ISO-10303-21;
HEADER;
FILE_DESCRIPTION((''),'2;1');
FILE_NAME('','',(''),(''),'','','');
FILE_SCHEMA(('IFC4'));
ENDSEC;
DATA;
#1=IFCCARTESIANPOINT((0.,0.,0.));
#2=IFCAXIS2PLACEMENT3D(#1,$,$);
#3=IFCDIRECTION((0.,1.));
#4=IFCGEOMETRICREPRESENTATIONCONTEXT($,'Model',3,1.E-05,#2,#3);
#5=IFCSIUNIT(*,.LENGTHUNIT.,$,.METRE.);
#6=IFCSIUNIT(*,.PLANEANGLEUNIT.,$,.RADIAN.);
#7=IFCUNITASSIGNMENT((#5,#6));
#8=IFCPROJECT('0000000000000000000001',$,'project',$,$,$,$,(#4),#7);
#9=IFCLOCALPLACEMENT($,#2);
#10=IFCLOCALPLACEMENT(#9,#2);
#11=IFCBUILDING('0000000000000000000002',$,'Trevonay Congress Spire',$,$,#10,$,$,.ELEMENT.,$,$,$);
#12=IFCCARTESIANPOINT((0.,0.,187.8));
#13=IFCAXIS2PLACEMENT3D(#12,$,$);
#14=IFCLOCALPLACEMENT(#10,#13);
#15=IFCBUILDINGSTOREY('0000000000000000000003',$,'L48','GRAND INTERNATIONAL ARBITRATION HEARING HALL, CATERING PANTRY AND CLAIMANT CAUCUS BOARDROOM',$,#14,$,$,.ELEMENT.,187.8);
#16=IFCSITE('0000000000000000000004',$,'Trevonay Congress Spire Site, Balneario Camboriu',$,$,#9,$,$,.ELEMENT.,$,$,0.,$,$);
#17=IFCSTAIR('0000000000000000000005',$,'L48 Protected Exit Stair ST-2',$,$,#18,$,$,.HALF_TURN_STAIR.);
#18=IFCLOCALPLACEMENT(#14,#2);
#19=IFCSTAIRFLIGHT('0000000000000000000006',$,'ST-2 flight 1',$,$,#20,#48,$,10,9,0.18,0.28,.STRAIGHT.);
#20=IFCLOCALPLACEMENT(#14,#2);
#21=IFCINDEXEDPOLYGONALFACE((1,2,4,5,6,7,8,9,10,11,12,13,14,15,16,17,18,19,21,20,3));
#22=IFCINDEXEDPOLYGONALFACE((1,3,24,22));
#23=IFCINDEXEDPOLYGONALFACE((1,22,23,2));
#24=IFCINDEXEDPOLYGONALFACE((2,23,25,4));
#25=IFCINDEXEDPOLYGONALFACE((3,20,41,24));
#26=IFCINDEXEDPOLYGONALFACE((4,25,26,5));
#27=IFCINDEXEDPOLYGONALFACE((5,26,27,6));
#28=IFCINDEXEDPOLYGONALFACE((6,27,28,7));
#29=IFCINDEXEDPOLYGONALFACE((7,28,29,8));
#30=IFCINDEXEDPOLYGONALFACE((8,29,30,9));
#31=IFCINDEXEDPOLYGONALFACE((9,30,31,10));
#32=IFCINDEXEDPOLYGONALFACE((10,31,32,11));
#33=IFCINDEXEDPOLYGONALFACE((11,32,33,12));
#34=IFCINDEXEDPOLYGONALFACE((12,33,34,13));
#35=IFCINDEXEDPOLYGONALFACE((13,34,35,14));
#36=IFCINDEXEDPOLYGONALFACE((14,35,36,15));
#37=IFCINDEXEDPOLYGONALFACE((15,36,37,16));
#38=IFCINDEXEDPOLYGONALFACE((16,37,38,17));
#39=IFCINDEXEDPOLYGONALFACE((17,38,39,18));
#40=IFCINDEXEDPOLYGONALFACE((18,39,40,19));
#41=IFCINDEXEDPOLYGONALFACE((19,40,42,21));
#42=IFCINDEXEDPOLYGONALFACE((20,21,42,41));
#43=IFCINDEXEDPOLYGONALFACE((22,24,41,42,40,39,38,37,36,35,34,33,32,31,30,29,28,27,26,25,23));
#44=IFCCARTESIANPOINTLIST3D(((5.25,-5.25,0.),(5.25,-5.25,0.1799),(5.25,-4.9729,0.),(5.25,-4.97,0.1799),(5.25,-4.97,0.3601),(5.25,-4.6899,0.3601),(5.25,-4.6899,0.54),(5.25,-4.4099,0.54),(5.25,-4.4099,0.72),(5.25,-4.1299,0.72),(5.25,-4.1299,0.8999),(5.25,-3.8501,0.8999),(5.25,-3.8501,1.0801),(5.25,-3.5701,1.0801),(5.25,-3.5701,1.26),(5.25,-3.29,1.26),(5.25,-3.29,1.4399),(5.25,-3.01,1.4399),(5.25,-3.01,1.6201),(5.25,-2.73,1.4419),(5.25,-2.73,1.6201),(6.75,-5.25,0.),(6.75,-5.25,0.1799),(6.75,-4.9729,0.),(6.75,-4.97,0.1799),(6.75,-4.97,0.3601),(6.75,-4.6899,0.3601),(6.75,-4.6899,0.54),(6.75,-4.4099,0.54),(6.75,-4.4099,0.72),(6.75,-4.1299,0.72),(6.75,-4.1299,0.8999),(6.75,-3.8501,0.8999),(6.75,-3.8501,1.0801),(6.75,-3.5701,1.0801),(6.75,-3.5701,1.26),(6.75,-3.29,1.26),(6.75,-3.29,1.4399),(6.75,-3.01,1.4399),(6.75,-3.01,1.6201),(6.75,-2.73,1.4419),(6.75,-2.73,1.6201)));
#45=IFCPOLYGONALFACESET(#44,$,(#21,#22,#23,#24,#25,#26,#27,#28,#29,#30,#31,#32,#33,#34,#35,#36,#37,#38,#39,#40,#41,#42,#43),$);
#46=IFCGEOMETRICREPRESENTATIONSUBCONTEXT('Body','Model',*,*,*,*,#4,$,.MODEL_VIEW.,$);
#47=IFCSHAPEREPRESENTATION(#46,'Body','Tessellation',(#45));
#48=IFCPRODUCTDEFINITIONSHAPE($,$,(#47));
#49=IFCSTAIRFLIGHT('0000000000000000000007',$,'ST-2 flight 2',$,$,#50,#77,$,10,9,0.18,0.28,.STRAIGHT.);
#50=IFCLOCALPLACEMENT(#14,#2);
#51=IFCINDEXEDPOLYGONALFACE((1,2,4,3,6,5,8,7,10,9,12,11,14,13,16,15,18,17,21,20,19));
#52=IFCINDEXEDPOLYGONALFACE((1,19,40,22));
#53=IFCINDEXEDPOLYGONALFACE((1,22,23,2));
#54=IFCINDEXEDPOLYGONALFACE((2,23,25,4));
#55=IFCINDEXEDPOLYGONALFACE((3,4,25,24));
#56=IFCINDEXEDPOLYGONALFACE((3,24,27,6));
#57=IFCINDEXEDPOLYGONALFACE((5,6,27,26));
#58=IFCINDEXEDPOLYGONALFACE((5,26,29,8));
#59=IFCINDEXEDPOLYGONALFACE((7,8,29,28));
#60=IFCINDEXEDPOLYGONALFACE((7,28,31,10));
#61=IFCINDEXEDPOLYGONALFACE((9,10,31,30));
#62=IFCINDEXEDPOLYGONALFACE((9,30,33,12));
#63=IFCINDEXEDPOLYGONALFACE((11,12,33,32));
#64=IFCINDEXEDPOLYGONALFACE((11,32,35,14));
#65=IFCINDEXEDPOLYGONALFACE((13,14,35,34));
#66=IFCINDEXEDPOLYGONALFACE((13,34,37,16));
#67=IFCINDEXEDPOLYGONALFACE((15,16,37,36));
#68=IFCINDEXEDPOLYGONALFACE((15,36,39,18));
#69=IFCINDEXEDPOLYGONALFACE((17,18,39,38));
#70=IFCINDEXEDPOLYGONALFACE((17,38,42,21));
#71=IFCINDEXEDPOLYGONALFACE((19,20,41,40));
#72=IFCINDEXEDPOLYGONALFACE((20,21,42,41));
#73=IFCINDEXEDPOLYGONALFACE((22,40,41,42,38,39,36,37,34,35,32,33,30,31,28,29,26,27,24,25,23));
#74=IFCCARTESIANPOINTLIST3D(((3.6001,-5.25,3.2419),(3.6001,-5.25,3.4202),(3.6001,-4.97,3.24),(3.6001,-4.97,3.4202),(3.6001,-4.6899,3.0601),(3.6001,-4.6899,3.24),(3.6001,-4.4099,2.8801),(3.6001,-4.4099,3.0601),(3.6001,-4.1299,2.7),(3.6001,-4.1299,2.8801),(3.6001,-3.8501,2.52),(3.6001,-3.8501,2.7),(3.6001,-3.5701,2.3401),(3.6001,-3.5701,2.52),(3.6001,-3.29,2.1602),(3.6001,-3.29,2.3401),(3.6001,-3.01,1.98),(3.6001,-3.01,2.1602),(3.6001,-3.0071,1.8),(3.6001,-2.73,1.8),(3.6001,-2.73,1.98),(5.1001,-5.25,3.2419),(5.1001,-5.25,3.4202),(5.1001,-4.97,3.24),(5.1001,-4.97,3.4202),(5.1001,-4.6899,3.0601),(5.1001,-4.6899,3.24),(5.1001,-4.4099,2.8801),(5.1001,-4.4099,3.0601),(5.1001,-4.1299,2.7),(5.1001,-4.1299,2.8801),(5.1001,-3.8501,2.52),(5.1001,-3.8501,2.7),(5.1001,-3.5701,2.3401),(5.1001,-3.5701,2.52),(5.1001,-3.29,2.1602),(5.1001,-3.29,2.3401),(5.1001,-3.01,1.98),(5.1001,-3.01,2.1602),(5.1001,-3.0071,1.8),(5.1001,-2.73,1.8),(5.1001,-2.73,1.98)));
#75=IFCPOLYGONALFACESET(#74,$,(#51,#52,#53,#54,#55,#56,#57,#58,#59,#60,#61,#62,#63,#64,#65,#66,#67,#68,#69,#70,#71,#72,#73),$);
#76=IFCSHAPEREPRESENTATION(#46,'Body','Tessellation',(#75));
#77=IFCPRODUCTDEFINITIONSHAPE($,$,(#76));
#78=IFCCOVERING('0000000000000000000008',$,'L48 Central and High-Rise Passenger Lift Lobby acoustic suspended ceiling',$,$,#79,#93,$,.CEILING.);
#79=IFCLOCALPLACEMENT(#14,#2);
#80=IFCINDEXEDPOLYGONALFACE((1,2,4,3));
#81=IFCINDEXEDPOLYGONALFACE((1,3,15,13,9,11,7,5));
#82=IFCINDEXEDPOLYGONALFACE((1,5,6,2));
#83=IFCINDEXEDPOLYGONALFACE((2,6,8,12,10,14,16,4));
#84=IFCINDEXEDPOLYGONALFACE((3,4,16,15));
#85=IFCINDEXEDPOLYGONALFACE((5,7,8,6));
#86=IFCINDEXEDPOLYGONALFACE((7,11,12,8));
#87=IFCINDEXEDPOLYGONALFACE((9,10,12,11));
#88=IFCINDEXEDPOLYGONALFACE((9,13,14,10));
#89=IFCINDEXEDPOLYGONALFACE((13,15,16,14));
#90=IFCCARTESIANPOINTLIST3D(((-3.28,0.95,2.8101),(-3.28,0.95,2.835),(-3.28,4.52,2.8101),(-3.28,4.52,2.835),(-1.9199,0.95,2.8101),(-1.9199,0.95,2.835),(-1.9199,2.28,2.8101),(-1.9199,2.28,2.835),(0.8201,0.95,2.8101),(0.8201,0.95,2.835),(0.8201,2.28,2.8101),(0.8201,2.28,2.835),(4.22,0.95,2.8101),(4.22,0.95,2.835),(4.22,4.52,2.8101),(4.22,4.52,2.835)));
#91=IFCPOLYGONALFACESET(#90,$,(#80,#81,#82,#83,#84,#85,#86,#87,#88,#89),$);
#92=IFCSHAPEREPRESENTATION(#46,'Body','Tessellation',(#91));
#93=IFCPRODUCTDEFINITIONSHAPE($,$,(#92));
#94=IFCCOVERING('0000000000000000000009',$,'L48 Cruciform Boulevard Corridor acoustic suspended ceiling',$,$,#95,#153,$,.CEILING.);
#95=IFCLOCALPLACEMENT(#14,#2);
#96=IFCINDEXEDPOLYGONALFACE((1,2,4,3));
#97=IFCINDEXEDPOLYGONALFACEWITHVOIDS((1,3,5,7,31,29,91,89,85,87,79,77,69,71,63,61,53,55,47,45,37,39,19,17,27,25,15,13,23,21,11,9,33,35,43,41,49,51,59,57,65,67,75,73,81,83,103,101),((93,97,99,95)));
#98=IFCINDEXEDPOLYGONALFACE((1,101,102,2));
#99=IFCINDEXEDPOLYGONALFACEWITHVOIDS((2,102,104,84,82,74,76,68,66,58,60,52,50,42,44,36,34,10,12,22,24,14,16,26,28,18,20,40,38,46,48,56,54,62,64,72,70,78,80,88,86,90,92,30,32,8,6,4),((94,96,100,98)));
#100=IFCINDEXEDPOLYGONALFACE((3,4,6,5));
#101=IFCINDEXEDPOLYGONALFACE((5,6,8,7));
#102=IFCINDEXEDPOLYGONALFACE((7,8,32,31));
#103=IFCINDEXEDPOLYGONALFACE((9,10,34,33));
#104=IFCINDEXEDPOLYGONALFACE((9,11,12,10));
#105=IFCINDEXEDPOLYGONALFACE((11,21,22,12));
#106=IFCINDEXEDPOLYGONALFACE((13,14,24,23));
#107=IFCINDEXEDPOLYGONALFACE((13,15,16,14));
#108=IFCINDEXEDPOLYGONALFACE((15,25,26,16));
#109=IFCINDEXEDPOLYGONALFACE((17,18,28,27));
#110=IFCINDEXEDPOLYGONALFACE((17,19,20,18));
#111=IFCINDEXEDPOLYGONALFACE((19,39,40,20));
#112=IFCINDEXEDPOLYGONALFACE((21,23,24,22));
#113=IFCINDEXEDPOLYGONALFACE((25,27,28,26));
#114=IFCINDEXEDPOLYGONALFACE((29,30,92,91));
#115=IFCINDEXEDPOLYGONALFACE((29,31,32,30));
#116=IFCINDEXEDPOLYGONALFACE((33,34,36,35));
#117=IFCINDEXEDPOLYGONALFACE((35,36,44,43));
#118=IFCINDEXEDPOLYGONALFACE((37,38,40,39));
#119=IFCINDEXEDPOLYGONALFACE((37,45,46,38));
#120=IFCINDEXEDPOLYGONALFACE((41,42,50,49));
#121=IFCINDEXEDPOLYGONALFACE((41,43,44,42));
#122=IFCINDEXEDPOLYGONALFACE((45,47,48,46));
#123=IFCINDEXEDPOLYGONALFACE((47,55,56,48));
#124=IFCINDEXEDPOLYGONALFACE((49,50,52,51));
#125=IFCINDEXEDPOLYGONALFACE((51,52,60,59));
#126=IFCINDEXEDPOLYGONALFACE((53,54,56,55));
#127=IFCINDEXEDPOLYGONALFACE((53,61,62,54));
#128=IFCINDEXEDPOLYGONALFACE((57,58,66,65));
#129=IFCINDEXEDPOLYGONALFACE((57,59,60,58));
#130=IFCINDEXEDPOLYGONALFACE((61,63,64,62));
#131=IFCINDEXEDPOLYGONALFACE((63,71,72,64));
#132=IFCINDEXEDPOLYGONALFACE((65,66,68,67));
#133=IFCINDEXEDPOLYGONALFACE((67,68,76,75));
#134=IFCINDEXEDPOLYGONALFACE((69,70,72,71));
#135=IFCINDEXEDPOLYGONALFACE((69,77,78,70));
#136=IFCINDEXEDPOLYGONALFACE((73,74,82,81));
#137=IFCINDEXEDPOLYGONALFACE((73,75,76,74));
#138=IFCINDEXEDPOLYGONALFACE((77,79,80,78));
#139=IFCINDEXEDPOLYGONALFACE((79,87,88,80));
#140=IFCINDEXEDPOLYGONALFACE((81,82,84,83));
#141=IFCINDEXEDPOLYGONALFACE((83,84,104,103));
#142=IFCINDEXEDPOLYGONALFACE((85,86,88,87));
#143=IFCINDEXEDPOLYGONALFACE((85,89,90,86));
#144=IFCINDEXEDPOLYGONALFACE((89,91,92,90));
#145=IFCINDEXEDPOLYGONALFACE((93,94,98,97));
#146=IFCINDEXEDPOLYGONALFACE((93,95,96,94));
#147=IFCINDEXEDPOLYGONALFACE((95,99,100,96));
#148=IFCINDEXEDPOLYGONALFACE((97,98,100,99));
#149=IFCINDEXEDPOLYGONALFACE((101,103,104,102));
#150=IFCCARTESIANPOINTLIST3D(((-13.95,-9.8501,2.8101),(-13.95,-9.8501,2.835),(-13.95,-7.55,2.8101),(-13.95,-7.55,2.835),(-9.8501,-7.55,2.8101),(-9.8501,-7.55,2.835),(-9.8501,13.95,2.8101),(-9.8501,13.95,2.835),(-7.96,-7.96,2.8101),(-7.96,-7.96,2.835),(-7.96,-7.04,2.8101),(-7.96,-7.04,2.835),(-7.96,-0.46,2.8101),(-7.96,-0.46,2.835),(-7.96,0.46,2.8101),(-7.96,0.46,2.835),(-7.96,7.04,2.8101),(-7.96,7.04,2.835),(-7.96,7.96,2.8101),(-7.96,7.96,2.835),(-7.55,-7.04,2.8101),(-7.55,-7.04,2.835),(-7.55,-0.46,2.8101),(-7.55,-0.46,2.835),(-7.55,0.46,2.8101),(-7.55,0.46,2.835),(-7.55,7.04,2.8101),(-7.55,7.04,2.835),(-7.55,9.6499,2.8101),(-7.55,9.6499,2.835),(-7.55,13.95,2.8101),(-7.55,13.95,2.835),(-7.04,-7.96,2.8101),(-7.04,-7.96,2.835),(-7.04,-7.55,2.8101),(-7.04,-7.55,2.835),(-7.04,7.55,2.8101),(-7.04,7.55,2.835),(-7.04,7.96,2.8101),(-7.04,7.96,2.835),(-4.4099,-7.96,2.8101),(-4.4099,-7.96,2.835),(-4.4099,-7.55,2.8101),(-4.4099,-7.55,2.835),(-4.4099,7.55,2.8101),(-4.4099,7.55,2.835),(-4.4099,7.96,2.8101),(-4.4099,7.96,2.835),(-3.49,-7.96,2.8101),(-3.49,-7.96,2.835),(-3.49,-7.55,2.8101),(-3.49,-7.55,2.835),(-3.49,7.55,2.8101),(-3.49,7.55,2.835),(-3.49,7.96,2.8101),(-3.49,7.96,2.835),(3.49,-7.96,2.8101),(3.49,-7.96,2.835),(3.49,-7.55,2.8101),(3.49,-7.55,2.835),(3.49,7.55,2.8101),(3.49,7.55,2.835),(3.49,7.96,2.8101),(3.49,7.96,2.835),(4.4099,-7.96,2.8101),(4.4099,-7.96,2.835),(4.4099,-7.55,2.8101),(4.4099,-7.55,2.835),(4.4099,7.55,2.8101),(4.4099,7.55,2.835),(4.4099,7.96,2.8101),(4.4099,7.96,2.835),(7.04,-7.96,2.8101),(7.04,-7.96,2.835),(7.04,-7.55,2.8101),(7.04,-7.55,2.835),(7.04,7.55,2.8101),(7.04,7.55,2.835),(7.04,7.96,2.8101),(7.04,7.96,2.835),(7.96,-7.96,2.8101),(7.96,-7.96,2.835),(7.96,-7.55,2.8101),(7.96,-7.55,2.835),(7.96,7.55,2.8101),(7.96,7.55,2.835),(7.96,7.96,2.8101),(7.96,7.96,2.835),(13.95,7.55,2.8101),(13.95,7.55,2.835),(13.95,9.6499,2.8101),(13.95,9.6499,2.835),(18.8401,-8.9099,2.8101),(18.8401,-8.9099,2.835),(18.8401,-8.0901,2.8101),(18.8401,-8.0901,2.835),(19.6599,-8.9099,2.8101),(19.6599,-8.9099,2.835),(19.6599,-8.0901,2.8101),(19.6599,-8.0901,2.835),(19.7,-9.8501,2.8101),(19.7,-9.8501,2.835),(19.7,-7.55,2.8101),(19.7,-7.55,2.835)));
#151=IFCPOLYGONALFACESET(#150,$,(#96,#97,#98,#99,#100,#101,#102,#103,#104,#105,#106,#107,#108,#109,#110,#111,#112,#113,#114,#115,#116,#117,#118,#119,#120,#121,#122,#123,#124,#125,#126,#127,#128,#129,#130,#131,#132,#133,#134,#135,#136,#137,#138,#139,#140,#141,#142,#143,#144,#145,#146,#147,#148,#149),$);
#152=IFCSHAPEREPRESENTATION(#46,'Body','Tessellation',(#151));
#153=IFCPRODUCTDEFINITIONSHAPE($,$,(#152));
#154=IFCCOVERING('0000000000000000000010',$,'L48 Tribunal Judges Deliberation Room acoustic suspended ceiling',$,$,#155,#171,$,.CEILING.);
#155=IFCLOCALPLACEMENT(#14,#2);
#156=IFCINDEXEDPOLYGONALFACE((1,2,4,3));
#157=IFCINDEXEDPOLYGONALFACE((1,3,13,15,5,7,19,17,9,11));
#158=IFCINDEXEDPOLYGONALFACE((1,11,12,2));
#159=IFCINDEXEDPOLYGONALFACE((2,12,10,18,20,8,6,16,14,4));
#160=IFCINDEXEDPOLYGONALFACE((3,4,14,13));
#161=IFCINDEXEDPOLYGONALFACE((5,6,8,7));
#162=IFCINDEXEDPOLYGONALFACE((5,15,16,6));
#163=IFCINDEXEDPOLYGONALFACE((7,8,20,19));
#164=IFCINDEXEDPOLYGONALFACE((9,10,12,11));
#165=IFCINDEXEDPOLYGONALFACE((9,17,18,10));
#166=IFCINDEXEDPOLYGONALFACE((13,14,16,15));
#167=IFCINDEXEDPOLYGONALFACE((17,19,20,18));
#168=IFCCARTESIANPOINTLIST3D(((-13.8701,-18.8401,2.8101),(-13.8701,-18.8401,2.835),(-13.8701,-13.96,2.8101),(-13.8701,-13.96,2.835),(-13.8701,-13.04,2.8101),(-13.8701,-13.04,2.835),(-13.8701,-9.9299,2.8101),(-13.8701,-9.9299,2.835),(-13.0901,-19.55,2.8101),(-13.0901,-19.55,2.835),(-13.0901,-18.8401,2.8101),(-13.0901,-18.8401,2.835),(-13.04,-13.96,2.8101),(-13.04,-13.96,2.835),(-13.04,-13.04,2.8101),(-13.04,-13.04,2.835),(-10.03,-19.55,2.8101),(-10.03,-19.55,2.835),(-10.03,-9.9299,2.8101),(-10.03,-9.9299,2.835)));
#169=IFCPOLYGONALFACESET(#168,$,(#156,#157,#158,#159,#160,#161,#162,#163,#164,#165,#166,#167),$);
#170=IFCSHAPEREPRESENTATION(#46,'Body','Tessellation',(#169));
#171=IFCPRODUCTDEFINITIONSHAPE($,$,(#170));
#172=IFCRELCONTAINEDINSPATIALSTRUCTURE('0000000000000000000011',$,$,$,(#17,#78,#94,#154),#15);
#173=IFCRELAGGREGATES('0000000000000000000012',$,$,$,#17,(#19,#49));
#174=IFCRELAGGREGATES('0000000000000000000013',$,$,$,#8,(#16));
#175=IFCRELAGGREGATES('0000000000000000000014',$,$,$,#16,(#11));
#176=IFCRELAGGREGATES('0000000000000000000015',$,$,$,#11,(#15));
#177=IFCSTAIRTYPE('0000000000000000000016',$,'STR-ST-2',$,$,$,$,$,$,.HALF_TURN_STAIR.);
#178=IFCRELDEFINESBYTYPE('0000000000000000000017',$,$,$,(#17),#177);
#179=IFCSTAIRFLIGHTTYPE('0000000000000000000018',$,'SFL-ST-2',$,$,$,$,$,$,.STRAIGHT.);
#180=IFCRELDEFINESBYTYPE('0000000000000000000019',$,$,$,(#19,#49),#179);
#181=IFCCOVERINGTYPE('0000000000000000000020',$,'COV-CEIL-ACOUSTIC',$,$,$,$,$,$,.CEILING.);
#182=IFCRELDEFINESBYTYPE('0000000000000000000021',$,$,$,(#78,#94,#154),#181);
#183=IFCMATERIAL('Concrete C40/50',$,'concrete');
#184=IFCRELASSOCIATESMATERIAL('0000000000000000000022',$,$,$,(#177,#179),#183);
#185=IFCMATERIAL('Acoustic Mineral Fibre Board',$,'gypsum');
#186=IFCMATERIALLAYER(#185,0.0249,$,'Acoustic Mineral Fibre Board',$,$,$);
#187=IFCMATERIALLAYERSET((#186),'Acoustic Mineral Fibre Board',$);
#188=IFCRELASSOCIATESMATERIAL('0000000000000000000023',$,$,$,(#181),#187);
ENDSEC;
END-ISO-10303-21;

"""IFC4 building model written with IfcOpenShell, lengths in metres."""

from ifc_helpers import new_model, si_unit, direction, frame, origin, place, context, subcontext, project, spatial, polyline, outline, extrude, material, layer, layer_set, type_object, element, aggregate, save


model = new_model("IFC4")

# Units and contexts
model_context = context("Model", 3, precision=1e-05, world=origin(), true_north=direction((0.0, 1.0)))
body_context = subcontext(model_context, "Body", "Model", "MODEL_VIEW")
ifc_project = project(units=[si_unit("LENGTHUNIT", "METRE"), si_unit("PLANEANGLEUNIT", "RADIAN")], contexts=[model_context])

# Site, building, storey
site_placement = place(None, origin())
site = spatial("IfcSite", under=ifc_project, at=site_placement, Name="Trevonay Congress Spire Site, Balneario Camboriu", CompositionType="ELEMENT", RefElevation=0.0)
building_placement = place(site_placement, origin())
building = spatial("IfcBuilding", under=site, at=building_placement, Name="Trevonay Congress Spire", CompositionType="ELEMENT")
storey_placement = place(building_placement, frame((0.0, 0.0, 187.8)))
storey = spatial("IfcBuildingStorey", under=building, at=storey_placement, Name="L48", Description="GRAND INTERNATIONAL ARBITRATION HEARING HALL, CATERING PANTRY AND CLAIMANT CAUCUS BOARDROOM", CompositionType="ELEMENT", Elevation=187.8)

# Shared definitions
ifc_material_1 = material(Name="Concrete C40/50", Category="concrete")

# Stair, stair flights
stair_type = type_object("IfcStairType", Name="STR-ST-2", PredefinedType="HALF_TURN_STAIR", material=ifc_material_1)
stair_placement = place(storey_placement, origin())
stair = element("IfcStair", 1, at=stair_placement, inside=storey, type_object=stair_type, Name="L48 Protected Exit Stair ST-2", PredefinedType="HALF_TURN_STAIR")
stair_flight_type = type_object("IfcStairFlightType", Name="SFL-ST-2", PredefinedType="STRAIGHT", material=ifc_material_1)
stair_flight_1_placement = place(storey_placement, frame((6.0, -5.25, 0.0), z_axis=(0.0, 0.0, 1.0), x_axis=(0.0, 1.0, 0.0)))
stair_flight_1 = element("IfcStairFlight", 2, at=stair_flight_1_placement, type_object=stair_flight_type, Name="ST-2 flight 1", NumberOfRisers=10, NumberOfTreads=9, PredefinedType="STRAIGHT", RiserHeight=0.18, TreadLength=0.28, context=body_context, shape_type="SweptSolid", body=[
    extrude(outline(polyline([(0.0, 0.0), (0.0, 0.1799), (0.28, 0.1799), (0.28, 0.3601), (0.5601, 0.3601), (0.5601, 0.54), (0.8401, 0.54), (0.8401, 0.72), (1.1201, 0.72), (1.1201, 0.8999), (1.3999, 0.8999), (1.3999, 1.0801), (1.6799, 1.0801), (1.6799, 1.26), (1.96, 1.26), (1.96, 1.4399), (2.24, 1.4399), (2.24, 1.6201), (2.52, 1.6201), (2.52, 1.8), (2.52, 1.4419), (0.2771, 0.0), (0.0, 0.0)])), frame((0.0, 0.75, 0.0), z_axis=(0.0, -1.0, 0.0), x_axis=(1.0, 0.0, 0.0)), (0.0, 0.0, 1.0), 1.5),
])
stair_flight_2_placement = place(storey_placement, frame((4.3501, -2.73, 1.8), z_axis=(0.0, 0.0, 1.0), x_axis=(0.0, -1.0, 0.0)))
stair_flight_2 = element("IfcStairFlight", 3, at=stair_flight_2_placement, type_object=stair_flight_type, Name="ST-2 flight 2", NumberOfRisers=10, NumberOfTreads=9, PredefinedType="STRAIGHT", RiserHeight=0.18, TreadLength=0.28, context=body_context, shape_type="SweptSolid", body=[
    extrude(outline(polyline([(0.0, 0.0), (0.0, 0.1799), (0.28, 0.1799), (0.28, 0.3601), (0.5601, 0.3601), (0.5601, 0.54), (0.8401, 0.54), (0.8401, 0.72), (1.1201, 0.72), (1.1201, 0.8999), (1.3999, 0.8999), (1.3999, 1.0801), (1.6799, 1.0801), (1.6799, 1.26), (1.96, 1.26), (1.96, 1.4399), (2.24, 1.4399), (2.24, 1.6201), (2.52, 1.6201), (2.52, 1.8), (2.52, 1.4419), (0.2771, 0.0), (0.0, 0.0)])), frame((0.0, 0.75, 0.0), z_axis=(0.0, -1.0, 0.0), x_axis=(1.0, 0.0, 0.0)), (0.0, 0.0, 1.0), 1.5),
])
aggregate(stair, [stair_flight_1, stair_flight_2])

# Coverings
ifc_material_2 = material(Name="Acoustic Mineral Fibre Board", Category="gypsum")
ifc_layer_1 = layer(ifc_material_2, 0.0249, Name="Acoustic Mineral Fibre Board")
ifc_layer_set_1 = layer_set([ifc_layer_1], Name="Acoustic Mineral Fibre Board")
covering_type_1 = type_object("IfcCoveringType", Name="COV-CEIL-ACOUSTIC", PredefinedType="CEILING", material=ifc_layer_set_1)
covering_1_placement = place(storey_placement, frame((0.0, 0.0, 2.8101)))
element("IfcCovering", 4, at=covering_1_placement, inside=storey, type_object=covering_type_1, Name="L48 Central and High-Rise Passenger Lift Lobby acoustic suspended ceiling", PredefinedType="CEILING", context=body_context, shape_type="SweptSolid", body=[
    extrude(outline(polyline([(-3.28, 0.95), (-1.9199, 0.95), (-1.9199, 2.28), (0.8201, 2.28), (0.8201, 0.95), (4.22, 0.95), (4.22, 4.52), (-3.28, 4.52), (-3.28, 0.95)])), origin(), (0.0, 0.0, 1.0), 0.0249),
])
covering_2_placement = place(storey_placement, frame((0.0, 0.0, 2.8101)))
element("IfcCovering", 5, at=covering_2_placement, inside=storey, type_object=covering_type_1, Name="L48 Cruciform Boulevard Corridor acoustic suspended ceiling", PredefinedType="CEILING", context=body_context, shape_type="SweptSolid", body=[
    extrude(outline(polyline([(19.7, -7.55), (19.7, -9.8501), (-13.95, -9.8501), (-13.95, -7.55), (-9.8501, -7.55), (-9.8501, 13.95), (-7.55, 13.95), (-7.55, 9.6499), (13.95, 9.6499), (13.95, 7.55), (7.96, 7.55), (7.96, 7.96), (7.04, 7.96), (7.04, 7.55), (4.4099, 7.55), (4.4099, 7.96), (3.49, 7.96), (3.49, 7.55), (-3.49, 7.55), (-3.49, 7.96), (-4.4099, 7.96), (-4.4099, 7.55), (-7.04, 7.55), (-7.04, 7.96), (-7.96, 7.96), (-7.96, 7.04), (-7.55, 7.04), (-7.55, 0.46), (-7.96, 0.46), (-7.96, -0.46), (-7.55, -0.46), (-7.55, -7.04), (-7.96, -7.04), (-7.96, -7.96), (-7.04, -7.96), (-7.04, -7.55), (-4.4099, -7.55), (-4.4099, -7.96), (-3.49, -7.96), (-3.49, -7.55), (3.49, -7.55), (3.49, -7.96), (4.4099, -7.96), (4.4099, -7.55), (7.04, -7.55), (7.04, -7.96), (7.96, -7.96), (7.96, -7.55), (19.7, -7.55)]), holes=[polyline([(19.6599, -8.0901), (18.8401, -8.0901), (18.8401, -8.9099), (19.6599, -8.9099), (19.6599, -8.0901)])]), origin(), (0.0, 0.0, 1.0), 0.0249),
])
covering_3_placement = place(storey_placement, frame((0.0, 0.0, 2.8101)))
element("IfcCovering", 6, at=covering_3_placement, inside=storey, type_object=covering_type_1, Name="L48 Tribunal Judges Deliberation Room acoustic suspended ceiling", PredefinedType="CEILING", context=body_context, shape_type="SweptSolid", body=[
    extrude(outline(polyline([(-13.8701, -9.9299), (-10.03, -9.9299), (-10.03, -19.55), (-13.0901, -19.55), (-13.0901, -18.8401), (-13.8701, -18.8401), (-13.8701, -13.96), (-13.04, -13.96), (-13.04, -13.04), (-13.8701, -13.04), (-13.8701, -9.9299)])), origin(), (0.0, 0.0, 1.0), 0.0249),
])

save(model, "model.ifc")
